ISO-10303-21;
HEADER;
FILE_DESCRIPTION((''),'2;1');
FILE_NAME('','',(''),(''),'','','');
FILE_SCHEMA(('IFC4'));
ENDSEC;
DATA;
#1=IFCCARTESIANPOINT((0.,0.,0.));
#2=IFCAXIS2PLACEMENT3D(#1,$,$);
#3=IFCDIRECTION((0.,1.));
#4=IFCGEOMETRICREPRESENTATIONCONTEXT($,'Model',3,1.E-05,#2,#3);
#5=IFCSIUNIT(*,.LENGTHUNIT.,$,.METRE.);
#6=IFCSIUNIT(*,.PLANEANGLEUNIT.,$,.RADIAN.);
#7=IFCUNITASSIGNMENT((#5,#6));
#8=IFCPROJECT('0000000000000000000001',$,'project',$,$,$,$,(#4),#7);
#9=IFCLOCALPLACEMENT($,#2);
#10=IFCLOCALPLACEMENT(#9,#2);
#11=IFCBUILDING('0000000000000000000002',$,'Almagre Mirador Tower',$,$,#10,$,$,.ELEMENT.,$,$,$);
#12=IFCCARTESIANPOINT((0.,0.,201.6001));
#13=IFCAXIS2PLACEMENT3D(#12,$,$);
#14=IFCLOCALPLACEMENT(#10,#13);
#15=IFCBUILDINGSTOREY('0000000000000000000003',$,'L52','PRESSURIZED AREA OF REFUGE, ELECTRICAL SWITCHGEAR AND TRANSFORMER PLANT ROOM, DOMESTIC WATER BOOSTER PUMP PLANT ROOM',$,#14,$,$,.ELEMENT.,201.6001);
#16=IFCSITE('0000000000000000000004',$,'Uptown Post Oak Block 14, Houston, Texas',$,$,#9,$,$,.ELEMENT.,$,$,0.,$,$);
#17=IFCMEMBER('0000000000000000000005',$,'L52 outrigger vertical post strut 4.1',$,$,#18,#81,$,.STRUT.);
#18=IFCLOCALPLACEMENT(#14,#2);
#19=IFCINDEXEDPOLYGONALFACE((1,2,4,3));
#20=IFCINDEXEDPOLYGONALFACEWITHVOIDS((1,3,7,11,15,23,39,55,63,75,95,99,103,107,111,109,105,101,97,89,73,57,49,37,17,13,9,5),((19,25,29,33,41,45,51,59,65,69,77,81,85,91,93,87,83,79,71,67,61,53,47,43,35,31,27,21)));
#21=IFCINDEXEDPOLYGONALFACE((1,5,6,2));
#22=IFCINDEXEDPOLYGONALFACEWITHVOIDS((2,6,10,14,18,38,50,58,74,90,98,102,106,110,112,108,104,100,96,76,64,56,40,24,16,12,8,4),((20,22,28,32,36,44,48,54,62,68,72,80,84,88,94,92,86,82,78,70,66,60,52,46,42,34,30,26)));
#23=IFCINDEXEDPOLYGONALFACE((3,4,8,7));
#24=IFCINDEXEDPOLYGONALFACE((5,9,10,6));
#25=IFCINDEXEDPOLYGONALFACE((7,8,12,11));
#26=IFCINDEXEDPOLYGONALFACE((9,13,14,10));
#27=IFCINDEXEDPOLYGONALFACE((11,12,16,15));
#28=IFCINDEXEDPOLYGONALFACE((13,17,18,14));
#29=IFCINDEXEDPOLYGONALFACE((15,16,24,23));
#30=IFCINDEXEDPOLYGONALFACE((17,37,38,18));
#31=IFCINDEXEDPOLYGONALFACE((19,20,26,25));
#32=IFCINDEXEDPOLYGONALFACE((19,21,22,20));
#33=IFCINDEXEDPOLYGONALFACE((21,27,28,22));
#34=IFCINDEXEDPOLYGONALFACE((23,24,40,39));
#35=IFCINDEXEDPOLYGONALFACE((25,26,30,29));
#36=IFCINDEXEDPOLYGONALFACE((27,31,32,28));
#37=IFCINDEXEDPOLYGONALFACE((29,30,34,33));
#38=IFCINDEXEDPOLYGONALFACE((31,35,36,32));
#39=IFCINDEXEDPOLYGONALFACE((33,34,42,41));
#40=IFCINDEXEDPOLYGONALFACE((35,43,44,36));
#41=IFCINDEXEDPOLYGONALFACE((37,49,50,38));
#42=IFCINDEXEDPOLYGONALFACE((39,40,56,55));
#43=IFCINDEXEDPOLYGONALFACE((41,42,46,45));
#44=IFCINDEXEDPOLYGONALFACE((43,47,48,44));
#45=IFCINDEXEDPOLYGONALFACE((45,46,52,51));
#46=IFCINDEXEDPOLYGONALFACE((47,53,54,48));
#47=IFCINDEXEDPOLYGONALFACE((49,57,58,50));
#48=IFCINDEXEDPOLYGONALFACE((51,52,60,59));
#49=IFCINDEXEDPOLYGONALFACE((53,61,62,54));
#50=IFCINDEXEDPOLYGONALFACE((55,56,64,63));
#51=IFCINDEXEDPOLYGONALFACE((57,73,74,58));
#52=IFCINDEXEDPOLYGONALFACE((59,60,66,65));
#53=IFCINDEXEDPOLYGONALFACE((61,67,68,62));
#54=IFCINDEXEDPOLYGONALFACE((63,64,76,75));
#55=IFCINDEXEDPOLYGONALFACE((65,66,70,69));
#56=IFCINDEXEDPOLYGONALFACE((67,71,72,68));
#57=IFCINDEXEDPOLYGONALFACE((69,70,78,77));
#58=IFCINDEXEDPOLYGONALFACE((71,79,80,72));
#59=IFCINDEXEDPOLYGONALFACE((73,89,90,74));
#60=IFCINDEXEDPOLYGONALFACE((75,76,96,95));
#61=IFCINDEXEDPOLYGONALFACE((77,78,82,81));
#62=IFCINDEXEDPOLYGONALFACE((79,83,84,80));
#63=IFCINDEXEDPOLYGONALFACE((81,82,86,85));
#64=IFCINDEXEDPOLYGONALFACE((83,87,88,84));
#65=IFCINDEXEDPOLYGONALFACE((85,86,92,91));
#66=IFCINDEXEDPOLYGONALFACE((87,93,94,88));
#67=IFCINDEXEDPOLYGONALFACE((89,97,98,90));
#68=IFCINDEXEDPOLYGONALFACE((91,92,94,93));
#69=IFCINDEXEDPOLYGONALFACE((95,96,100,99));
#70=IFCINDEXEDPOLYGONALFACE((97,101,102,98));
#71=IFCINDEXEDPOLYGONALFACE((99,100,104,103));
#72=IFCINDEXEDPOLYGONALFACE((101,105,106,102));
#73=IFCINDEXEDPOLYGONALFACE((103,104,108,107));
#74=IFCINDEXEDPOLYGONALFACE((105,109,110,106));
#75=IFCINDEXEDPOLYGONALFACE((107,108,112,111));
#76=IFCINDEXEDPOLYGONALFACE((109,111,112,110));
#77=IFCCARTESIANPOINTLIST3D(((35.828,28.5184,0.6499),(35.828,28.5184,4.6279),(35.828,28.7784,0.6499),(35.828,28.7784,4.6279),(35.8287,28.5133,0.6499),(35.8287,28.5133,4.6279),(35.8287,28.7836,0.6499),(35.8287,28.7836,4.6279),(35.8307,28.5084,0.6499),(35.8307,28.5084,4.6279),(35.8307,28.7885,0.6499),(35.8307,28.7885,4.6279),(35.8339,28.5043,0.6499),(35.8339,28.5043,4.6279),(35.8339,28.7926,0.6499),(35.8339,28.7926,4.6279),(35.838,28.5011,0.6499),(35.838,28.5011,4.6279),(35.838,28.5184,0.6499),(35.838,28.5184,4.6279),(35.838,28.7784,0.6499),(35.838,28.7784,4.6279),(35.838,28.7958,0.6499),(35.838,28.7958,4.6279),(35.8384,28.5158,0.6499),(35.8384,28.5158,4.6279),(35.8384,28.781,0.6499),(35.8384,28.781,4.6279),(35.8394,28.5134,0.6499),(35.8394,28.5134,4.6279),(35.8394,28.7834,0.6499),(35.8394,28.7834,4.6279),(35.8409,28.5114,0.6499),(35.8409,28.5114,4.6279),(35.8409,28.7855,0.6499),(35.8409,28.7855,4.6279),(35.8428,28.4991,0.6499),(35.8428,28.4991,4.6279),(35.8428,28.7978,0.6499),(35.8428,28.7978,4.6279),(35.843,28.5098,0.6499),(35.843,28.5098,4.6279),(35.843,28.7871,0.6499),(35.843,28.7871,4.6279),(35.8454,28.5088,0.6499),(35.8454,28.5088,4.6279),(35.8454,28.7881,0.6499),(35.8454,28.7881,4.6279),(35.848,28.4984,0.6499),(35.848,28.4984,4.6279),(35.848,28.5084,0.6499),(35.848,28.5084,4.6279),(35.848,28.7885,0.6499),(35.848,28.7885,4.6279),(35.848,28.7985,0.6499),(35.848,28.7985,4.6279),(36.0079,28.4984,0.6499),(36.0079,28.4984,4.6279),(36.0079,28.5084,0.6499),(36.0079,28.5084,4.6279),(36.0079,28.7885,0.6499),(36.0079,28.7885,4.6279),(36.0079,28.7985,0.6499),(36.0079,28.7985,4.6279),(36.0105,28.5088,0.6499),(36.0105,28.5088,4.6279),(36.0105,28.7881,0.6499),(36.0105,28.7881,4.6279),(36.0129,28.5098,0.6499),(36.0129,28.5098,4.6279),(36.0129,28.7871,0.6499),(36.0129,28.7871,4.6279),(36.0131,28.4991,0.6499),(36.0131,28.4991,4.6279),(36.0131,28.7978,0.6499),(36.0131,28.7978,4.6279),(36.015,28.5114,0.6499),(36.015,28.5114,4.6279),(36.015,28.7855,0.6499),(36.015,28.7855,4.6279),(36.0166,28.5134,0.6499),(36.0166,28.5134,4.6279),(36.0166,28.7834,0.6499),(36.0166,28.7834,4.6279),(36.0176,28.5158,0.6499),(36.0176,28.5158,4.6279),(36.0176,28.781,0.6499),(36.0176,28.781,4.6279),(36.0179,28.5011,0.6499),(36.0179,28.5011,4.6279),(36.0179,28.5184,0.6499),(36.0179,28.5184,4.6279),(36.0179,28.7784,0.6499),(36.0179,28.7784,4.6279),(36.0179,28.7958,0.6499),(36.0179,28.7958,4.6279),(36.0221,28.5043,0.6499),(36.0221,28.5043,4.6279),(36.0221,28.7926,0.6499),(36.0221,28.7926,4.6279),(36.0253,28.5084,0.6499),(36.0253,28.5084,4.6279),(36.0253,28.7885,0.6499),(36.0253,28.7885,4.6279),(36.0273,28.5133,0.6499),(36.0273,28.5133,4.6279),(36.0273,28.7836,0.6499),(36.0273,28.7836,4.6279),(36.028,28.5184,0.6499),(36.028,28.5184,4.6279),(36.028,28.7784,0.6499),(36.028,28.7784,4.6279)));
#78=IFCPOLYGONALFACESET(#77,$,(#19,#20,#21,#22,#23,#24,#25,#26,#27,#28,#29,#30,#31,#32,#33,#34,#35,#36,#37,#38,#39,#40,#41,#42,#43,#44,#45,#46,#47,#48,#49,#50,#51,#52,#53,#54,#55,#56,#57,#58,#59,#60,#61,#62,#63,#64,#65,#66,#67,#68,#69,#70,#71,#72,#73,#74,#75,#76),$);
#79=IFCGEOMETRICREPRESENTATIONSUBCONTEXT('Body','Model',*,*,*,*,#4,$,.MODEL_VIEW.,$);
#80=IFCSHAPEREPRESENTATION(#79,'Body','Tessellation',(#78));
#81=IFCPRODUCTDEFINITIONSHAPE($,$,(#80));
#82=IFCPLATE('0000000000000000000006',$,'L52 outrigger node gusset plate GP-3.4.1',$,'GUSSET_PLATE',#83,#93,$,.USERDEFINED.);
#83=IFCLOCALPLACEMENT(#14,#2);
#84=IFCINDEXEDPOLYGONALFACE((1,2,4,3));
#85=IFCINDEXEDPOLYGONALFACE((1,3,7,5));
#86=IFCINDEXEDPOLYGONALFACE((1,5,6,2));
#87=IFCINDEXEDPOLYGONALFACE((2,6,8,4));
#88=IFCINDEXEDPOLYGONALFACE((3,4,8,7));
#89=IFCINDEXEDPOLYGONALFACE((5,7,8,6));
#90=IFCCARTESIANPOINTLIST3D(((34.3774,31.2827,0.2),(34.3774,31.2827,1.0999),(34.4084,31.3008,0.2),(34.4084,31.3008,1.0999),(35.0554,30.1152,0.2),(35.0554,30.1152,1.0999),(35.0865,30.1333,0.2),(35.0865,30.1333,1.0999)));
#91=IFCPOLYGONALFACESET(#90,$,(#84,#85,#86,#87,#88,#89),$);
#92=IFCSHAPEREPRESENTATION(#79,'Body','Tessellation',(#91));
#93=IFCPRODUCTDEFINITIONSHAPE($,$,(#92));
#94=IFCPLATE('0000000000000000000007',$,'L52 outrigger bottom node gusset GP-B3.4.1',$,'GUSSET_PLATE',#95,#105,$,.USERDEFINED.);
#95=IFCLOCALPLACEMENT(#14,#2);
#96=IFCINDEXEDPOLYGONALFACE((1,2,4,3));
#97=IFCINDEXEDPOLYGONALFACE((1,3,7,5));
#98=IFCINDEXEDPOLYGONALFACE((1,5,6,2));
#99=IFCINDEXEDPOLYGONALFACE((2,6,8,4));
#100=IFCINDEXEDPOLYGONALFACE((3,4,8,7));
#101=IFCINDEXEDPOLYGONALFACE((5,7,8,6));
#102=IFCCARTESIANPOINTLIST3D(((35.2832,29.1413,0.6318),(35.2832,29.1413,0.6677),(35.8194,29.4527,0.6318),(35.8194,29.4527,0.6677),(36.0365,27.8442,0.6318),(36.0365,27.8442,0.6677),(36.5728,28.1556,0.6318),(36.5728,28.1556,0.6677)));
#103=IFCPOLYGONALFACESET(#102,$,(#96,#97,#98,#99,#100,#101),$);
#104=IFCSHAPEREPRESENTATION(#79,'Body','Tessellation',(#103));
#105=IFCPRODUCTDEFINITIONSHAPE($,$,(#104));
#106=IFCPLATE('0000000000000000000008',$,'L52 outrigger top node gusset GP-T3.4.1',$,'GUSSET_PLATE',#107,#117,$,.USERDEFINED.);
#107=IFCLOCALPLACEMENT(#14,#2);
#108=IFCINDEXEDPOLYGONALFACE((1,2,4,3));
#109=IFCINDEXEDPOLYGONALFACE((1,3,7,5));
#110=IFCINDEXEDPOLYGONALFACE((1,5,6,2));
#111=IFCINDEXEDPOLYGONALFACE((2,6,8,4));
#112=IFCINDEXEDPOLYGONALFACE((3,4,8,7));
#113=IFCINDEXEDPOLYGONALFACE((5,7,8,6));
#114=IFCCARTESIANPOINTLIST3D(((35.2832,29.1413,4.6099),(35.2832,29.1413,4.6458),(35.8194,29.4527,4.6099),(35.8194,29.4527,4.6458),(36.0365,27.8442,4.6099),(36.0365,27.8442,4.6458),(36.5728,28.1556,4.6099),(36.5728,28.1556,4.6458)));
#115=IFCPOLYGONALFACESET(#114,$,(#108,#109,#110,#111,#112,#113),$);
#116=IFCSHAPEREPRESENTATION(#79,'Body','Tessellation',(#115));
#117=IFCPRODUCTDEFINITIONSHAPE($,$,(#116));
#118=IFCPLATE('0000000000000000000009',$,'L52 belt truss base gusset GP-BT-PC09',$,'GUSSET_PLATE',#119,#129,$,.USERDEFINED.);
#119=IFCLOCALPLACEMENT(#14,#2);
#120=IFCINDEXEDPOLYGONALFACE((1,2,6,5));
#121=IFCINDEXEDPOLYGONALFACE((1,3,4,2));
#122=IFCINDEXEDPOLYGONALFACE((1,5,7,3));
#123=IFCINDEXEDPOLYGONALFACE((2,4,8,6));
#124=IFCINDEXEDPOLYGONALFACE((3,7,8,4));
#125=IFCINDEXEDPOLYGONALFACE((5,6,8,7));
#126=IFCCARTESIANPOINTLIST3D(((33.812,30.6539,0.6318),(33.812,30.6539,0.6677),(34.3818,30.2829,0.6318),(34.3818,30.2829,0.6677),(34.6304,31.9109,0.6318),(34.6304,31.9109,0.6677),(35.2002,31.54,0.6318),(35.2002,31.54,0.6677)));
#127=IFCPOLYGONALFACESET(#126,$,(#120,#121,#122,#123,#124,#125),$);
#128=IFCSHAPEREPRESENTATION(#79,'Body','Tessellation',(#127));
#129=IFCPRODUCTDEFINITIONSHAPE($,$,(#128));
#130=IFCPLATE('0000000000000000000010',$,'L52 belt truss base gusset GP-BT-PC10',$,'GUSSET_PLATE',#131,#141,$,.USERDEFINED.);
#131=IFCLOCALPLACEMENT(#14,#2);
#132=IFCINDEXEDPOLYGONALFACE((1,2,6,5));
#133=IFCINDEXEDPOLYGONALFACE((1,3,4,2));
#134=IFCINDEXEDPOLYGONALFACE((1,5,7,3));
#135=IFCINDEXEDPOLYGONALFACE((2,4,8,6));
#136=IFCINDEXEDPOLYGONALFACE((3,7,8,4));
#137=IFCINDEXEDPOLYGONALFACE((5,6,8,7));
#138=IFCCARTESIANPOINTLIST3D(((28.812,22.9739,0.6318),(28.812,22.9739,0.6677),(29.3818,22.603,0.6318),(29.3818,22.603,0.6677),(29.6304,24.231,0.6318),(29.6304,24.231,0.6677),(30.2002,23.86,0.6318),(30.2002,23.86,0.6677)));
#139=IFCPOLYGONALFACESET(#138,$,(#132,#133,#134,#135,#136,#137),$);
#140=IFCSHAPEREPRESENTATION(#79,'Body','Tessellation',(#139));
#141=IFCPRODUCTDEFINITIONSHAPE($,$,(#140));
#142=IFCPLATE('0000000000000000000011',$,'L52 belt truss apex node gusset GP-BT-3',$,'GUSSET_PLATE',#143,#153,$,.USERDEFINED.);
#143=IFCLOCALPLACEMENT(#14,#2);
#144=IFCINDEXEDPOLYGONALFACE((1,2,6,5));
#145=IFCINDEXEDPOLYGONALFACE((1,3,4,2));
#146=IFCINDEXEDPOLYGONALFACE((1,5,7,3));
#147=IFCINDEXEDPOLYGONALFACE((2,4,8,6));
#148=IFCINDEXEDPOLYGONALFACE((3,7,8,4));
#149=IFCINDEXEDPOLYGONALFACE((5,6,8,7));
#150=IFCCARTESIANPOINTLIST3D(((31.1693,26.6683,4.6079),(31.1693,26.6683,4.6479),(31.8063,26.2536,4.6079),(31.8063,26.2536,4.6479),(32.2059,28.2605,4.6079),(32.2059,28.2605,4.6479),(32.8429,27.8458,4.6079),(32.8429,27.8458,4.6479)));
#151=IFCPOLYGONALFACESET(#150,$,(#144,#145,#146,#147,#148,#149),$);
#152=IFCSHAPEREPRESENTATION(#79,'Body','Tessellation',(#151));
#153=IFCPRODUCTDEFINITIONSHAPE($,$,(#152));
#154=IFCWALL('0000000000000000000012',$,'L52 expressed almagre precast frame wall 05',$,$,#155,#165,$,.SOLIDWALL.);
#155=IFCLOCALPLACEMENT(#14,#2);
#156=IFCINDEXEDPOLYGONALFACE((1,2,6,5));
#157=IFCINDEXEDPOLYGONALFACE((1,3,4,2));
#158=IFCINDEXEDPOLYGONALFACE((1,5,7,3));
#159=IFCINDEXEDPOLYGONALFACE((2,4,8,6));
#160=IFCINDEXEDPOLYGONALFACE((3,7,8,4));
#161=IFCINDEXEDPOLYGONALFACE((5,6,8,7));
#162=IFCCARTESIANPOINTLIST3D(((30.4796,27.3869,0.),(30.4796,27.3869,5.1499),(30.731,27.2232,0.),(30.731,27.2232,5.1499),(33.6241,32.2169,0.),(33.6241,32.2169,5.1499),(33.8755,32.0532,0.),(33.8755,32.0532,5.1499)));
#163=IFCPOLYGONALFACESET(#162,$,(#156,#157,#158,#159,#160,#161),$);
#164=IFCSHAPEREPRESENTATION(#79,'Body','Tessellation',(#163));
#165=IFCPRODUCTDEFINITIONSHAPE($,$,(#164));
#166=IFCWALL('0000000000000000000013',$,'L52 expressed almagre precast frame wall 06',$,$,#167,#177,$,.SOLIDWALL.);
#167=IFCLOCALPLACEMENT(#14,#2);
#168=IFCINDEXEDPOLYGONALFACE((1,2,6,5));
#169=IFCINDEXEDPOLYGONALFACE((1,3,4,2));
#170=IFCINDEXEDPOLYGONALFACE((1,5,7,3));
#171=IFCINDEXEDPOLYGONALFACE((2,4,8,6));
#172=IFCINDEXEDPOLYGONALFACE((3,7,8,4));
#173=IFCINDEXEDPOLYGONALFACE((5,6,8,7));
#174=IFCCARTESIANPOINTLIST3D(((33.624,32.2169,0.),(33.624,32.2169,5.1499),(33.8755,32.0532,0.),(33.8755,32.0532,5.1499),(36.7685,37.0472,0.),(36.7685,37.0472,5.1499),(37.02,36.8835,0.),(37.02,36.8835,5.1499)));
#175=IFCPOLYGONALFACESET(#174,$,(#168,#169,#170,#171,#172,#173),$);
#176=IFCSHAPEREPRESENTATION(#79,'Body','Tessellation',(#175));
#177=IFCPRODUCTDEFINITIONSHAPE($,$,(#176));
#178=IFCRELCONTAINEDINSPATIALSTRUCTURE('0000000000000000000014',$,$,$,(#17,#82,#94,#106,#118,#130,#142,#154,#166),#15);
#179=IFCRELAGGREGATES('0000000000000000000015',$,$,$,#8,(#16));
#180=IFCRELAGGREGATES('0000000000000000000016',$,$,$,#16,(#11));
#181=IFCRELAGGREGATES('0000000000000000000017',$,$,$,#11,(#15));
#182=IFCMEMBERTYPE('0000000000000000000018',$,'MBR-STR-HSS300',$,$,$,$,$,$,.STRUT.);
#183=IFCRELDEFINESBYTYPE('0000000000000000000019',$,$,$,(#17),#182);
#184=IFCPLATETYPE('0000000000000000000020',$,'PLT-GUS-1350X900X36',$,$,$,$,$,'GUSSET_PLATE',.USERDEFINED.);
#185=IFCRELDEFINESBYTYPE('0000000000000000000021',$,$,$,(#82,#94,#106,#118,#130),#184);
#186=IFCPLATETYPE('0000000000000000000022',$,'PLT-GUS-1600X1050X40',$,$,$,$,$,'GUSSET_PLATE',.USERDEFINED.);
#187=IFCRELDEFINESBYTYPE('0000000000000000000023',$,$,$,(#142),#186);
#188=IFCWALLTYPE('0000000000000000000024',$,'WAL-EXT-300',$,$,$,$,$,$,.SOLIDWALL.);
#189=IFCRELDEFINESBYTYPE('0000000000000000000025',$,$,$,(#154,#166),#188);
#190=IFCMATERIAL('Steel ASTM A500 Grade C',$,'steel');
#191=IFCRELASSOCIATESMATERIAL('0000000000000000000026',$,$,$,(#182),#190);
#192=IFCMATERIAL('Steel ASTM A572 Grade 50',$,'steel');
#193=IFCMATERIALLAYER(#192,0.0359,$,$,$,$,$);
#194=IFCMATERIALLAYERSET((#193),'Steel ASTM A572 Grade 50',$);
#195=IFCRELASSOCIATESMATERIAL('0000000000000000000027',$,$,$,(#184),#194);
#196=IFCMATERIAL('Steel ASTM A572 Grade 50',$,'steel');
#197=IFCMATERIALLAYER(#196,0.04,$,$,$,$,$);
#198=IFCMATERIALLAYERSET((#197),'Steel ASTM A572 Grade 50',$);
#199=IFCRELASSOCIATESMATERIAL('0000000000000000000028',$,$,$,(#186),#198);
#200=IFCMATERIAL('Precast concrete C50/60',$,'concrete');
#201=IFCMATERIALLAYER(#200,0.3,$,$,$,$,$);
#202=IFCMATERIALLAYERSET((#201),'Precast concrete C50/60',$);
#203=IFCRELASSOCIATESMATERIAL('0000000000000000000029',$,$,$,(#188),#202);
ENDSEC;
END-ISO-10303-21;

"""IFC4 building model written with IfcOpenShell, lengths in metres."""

from ifc_helpers import new_model, si_unit, direction, frame, frame_2d, origin, origin_2d, place, context, subcontext, project, spatial, rectangle, hollow_rectangle, extrude, material, layer, layer_set, material_profile, profile_set, type_object, element, save


model = new_model("IFC4")

# Units and contexts
model_context = context("Model", 3, precision=1e-05, world=origin(), true_north=direction((0.0, 1.0)))
body_context = subcontext(model_context, "Body", "Model", "MODEL_VIEW")
ifc_project = project(units=[si_unit("LENGTHUNIT", "METRE"), si_unit("PLANEANGLEUNIT", "RADIAN")], contexts=[model_context])

# Site, building, storey
site_placement = place(None, origin())
site = spatial("IfcSite", under=ifc_project, at=site_placement, Name="Uptown Post Oak Block 14, Houston, Texas", CompositionType="ELEMENT", RefElevation=0.0)
building_placement = place(site_placement, origin())
building = spatial("IfcBuilding", under=site, at=building_placement, Name="Almagre Mirador Tower", CompositionType="ELEMENT")
storey_placement = place(building_placement, frame((0.0, 0.0, 201.6001)))
storey = spatial("IfcBuildingStorey", under=building, at=storey_placement, Name="L52", Description="PRESSURIZED AREA OF REFUGE, ELECTRICAL SWITCHGEAR AND TRANSFORMER PLANT ROOM, DOMESTIC WATER BOOSTER PUMP PLANT ROOM", CompositionType="ELEMENT", Elevation=201.6001)

# Member
ifc_material_1 = material(Name="Steel ASTM A500 Grade C", Category="steel")
ifc_material_profile_1 = material_profile(ifc_material_1, hollow_rectangle(XDim=0.2, YDim=0.3, WallThickness=0.01, InnerFilletRadius=0.01, OuterFilletRadius=0.02, at=origin_2d()), Name="HSS300X200X10")
ifc_profile_set_1 = profile_set([ifc_material_profile_1], Name="Steel ASTM A500 Grade C")
member_type_1 = type_object("IfcMemberType", Name="MBR-STR-HSS300", PredefinedType="STRUT", material=ifc_profile_set_1)
member_1_placement = place(storey_placement, frame((35.928, 28.6484, 0.6499), z_axis=(0.0, 0.0, 1.0), x_axis=(1.0, 0.0, 0.0)))
element("IfcMember", 1, at=member_1_placement, inside=storey, type_object=member_type_1, Name="L52 outrigger vertical post strut 4.1", PredefinedType="STRUT", context=body_context, shape_type="SweptSolid", body=[
    extrude(hollow_rectangle(XDim=0.2, YDim=0.3, WallThickness=0.01, InnerFilletRadius=0.01, OuterFilletRadius=0.02, at=origin_2d()), origin(), (0.0, 0.0, 1.0), 3.978),
])

# Plates
ifc_material_2 = material(Name="Steel ASTM A572 Grade 50", Category="steel")
ifc_layer_1 = layer(ifc_material_2, 0.0359)
ifc_layer_set_1 = layer_set([ifc_layer_1], Name="Steel ASTM A572 Grade 50")
plate_type_1 = type_object("IfcPlateType", Name="PLT-GUS-1350X900X36", ElementType="GUSSET_PLATE", PredefinedType="USERDEFINED", material=ifc_layer_set_1)
plate_1_placement = place(storey_placement, frame((34.7319, 30.708, 0.2), z_axis=(0.0, 0.0, 1.0), x_axis=(0.502205, -0.864749, 0.0)))
element("IfcPlate", 2, at=plate_1_placement, inside=storey, type_object=plate_type_1, Name="L52 outrigger node gusset plate GP-3.4.1", ObjectType="GUSSET_PLATE", PredefinedType="USERDEFINED", context=body_context, shape_type="SweptSolid", body=[
    extrude(rectangle(XDim=1.3501, YDim=0.0359, at=origin_2d()), origin(), (0.0, 0.0, 1.0), 0.8999),
])
for number, where, z_axis, x_axis, name in (
    (3, (35.928, 28.6484, 0.6318), (0.0, 0.0, 1.0), (0.502205, -0.864749, 0.0), "L52 outrigger bottom node gusset GP-B3.4.1"),
    (4, (35.928, 28.6484, 4.6099), (0.0, 0.0, 1.0), (0.502205, -0.864749, 0.0), "L52 outrigger top node gusset GP-T3.4.1"),
):
    element("IfcPlate", number, at=place(storey_placement, frame(where, z_axis=z_axis, x_axis=x_axis)), inside=storey, type_object=plate_type_1, Name=name, ObjectType="GUSSET_PLATE", PredefinedType="USERDEFINED", context=body_context, shape_type="SweptSolid", body=[
        extrude(rectangle(XDim=1.5, YDim=0.6201, at=origin_2d()), origin(), (0.0, 0.0, 1.0), 0.0359),
    ])
for number, where, z_axis, x_axis, name in (
    (5, (34.5061, 31.0969, 0.6318), (0.0, 0.0, 1.0), (-0.545605, -0.838043, 0.0), "L52 belt truss base gusset GP-BT-PC09"),
    (6, (29.5061, 23.417, 0.6318), (0.0, 0.0, 1.0), (-0.545605, -0.838043, 0.0), "L52 belt truss base gusset GP-BT-PC10"),
):
    element("IfcPlate", number, at=place(storey_placement, frame(where, z_axis=z_axis, x_axis=x_axis)), inside=storey, type_object=plate_type_1, Name=name, ObjectType="GUSSET_PLATE", PredefinedType="USERDEFINED", context=body_context, shape_type="SweptSolid", body=[
        extrude(rectangle(XDim=1.5, YDim=0.6799, at=origin_2d()), origin(), (0.0, 0.0, 1.0), 0.0359),
    ])
ifc_material_3 = material(Name="Steel ASTM A572 Grade 50", Category="steel")
ifc_layer_2 = layer(ifc_material_3, 0.04)
ifc_layer_set_2 = layer_set([ifc_layer_2], Name="Steel ASTM A572 Grade 50")
plate_type_2 = type_object("IfcPlateType", Name="PLT-GUS-1600X1050X40", ElementType="GUSSET_PLATE", PredefinedType="USERDEFINED", material=ifc_layer_set_2)
plate_2_placement = place(storey_placement, frame((32.0061, 27.2571, 4.6079), z_axis=(0.0, 0.0, 1.0), x_axis=(-0.545605, -0.838043, 0.0)))
element("IfcPlate", 7, at=plate_2_placement, inside=storey, type_object=plate_type_2, Name="L52 belt truss apex node gusset GP-BT-3", ObjectType="GUSSET_PLATE", PredefinedType="USERDEFINED", context=body_context, shape_type="SweptSolid", body=[
    extrude(rectangle(XDim=1.8999, YDim=0.76, at=origin_2d()), origin(), (0.0, 0.0, 1.0), 0.04),
])

# Walls
ifc_material_4 = material(Name="Precast concrete C50/60", Category="concrete")
ifc_layer_3 = layer(ifc_material_4, 0.3)
ifc_layer_set_3 = layer_set([ifc_layer_3], Name="Precast concrete C50/60")
wall_type_1 = type_object("IfcWallType", Name="WAL-EXT-300", PredefinedType="SOLIDWALL", material=ifc_layer_set_3)
wall_1_placement = place(storey_placement, frame((30.6052, 27.3049, 0.0), z_axis=(0.0, 0.0, 1.0), x_axis=(0.545596, 0.838049, 0.0)))
element("IfcWall", 8, at=wall_1_placement, inside=storey, type_object=wall_type_1, Name="L52 expressed almagre precast frame wall 05", PredefinedType="SOLIDWALL", context=body_context, shape_type="SweptSolid", body=[
    extrude(rectangle(XDim=5.7634, YDim=0.3, at=frame_2d((2.8818, 0.0))), origin(), (0.0, 0.0, 1.0), 5.1499),
])
wall_2_placement = place(storey_placement, frame((33.7498, 32.135, 0.0), z_axis=(0.0, 0.0, 1.0), x_axis=(0.545576, 0.838061, 0.0)))
element("IfcWall", 9, at=wall_2_placement, inside=storey, type_object=wall_type_1, Name="L52 expressed almagre precast frame wall 06", PredefinedType="SOLIDWALL", context=body_context, shape_type="SweptSolid", body=[
    extrude(rectangle(XDim=5.7637, YDim=0.3, at=frame_2d((2.8818, 0.0))), origin(), (0.0, 0.0, 1.0), 5.1499),
])

save(model, "model.ifc")
